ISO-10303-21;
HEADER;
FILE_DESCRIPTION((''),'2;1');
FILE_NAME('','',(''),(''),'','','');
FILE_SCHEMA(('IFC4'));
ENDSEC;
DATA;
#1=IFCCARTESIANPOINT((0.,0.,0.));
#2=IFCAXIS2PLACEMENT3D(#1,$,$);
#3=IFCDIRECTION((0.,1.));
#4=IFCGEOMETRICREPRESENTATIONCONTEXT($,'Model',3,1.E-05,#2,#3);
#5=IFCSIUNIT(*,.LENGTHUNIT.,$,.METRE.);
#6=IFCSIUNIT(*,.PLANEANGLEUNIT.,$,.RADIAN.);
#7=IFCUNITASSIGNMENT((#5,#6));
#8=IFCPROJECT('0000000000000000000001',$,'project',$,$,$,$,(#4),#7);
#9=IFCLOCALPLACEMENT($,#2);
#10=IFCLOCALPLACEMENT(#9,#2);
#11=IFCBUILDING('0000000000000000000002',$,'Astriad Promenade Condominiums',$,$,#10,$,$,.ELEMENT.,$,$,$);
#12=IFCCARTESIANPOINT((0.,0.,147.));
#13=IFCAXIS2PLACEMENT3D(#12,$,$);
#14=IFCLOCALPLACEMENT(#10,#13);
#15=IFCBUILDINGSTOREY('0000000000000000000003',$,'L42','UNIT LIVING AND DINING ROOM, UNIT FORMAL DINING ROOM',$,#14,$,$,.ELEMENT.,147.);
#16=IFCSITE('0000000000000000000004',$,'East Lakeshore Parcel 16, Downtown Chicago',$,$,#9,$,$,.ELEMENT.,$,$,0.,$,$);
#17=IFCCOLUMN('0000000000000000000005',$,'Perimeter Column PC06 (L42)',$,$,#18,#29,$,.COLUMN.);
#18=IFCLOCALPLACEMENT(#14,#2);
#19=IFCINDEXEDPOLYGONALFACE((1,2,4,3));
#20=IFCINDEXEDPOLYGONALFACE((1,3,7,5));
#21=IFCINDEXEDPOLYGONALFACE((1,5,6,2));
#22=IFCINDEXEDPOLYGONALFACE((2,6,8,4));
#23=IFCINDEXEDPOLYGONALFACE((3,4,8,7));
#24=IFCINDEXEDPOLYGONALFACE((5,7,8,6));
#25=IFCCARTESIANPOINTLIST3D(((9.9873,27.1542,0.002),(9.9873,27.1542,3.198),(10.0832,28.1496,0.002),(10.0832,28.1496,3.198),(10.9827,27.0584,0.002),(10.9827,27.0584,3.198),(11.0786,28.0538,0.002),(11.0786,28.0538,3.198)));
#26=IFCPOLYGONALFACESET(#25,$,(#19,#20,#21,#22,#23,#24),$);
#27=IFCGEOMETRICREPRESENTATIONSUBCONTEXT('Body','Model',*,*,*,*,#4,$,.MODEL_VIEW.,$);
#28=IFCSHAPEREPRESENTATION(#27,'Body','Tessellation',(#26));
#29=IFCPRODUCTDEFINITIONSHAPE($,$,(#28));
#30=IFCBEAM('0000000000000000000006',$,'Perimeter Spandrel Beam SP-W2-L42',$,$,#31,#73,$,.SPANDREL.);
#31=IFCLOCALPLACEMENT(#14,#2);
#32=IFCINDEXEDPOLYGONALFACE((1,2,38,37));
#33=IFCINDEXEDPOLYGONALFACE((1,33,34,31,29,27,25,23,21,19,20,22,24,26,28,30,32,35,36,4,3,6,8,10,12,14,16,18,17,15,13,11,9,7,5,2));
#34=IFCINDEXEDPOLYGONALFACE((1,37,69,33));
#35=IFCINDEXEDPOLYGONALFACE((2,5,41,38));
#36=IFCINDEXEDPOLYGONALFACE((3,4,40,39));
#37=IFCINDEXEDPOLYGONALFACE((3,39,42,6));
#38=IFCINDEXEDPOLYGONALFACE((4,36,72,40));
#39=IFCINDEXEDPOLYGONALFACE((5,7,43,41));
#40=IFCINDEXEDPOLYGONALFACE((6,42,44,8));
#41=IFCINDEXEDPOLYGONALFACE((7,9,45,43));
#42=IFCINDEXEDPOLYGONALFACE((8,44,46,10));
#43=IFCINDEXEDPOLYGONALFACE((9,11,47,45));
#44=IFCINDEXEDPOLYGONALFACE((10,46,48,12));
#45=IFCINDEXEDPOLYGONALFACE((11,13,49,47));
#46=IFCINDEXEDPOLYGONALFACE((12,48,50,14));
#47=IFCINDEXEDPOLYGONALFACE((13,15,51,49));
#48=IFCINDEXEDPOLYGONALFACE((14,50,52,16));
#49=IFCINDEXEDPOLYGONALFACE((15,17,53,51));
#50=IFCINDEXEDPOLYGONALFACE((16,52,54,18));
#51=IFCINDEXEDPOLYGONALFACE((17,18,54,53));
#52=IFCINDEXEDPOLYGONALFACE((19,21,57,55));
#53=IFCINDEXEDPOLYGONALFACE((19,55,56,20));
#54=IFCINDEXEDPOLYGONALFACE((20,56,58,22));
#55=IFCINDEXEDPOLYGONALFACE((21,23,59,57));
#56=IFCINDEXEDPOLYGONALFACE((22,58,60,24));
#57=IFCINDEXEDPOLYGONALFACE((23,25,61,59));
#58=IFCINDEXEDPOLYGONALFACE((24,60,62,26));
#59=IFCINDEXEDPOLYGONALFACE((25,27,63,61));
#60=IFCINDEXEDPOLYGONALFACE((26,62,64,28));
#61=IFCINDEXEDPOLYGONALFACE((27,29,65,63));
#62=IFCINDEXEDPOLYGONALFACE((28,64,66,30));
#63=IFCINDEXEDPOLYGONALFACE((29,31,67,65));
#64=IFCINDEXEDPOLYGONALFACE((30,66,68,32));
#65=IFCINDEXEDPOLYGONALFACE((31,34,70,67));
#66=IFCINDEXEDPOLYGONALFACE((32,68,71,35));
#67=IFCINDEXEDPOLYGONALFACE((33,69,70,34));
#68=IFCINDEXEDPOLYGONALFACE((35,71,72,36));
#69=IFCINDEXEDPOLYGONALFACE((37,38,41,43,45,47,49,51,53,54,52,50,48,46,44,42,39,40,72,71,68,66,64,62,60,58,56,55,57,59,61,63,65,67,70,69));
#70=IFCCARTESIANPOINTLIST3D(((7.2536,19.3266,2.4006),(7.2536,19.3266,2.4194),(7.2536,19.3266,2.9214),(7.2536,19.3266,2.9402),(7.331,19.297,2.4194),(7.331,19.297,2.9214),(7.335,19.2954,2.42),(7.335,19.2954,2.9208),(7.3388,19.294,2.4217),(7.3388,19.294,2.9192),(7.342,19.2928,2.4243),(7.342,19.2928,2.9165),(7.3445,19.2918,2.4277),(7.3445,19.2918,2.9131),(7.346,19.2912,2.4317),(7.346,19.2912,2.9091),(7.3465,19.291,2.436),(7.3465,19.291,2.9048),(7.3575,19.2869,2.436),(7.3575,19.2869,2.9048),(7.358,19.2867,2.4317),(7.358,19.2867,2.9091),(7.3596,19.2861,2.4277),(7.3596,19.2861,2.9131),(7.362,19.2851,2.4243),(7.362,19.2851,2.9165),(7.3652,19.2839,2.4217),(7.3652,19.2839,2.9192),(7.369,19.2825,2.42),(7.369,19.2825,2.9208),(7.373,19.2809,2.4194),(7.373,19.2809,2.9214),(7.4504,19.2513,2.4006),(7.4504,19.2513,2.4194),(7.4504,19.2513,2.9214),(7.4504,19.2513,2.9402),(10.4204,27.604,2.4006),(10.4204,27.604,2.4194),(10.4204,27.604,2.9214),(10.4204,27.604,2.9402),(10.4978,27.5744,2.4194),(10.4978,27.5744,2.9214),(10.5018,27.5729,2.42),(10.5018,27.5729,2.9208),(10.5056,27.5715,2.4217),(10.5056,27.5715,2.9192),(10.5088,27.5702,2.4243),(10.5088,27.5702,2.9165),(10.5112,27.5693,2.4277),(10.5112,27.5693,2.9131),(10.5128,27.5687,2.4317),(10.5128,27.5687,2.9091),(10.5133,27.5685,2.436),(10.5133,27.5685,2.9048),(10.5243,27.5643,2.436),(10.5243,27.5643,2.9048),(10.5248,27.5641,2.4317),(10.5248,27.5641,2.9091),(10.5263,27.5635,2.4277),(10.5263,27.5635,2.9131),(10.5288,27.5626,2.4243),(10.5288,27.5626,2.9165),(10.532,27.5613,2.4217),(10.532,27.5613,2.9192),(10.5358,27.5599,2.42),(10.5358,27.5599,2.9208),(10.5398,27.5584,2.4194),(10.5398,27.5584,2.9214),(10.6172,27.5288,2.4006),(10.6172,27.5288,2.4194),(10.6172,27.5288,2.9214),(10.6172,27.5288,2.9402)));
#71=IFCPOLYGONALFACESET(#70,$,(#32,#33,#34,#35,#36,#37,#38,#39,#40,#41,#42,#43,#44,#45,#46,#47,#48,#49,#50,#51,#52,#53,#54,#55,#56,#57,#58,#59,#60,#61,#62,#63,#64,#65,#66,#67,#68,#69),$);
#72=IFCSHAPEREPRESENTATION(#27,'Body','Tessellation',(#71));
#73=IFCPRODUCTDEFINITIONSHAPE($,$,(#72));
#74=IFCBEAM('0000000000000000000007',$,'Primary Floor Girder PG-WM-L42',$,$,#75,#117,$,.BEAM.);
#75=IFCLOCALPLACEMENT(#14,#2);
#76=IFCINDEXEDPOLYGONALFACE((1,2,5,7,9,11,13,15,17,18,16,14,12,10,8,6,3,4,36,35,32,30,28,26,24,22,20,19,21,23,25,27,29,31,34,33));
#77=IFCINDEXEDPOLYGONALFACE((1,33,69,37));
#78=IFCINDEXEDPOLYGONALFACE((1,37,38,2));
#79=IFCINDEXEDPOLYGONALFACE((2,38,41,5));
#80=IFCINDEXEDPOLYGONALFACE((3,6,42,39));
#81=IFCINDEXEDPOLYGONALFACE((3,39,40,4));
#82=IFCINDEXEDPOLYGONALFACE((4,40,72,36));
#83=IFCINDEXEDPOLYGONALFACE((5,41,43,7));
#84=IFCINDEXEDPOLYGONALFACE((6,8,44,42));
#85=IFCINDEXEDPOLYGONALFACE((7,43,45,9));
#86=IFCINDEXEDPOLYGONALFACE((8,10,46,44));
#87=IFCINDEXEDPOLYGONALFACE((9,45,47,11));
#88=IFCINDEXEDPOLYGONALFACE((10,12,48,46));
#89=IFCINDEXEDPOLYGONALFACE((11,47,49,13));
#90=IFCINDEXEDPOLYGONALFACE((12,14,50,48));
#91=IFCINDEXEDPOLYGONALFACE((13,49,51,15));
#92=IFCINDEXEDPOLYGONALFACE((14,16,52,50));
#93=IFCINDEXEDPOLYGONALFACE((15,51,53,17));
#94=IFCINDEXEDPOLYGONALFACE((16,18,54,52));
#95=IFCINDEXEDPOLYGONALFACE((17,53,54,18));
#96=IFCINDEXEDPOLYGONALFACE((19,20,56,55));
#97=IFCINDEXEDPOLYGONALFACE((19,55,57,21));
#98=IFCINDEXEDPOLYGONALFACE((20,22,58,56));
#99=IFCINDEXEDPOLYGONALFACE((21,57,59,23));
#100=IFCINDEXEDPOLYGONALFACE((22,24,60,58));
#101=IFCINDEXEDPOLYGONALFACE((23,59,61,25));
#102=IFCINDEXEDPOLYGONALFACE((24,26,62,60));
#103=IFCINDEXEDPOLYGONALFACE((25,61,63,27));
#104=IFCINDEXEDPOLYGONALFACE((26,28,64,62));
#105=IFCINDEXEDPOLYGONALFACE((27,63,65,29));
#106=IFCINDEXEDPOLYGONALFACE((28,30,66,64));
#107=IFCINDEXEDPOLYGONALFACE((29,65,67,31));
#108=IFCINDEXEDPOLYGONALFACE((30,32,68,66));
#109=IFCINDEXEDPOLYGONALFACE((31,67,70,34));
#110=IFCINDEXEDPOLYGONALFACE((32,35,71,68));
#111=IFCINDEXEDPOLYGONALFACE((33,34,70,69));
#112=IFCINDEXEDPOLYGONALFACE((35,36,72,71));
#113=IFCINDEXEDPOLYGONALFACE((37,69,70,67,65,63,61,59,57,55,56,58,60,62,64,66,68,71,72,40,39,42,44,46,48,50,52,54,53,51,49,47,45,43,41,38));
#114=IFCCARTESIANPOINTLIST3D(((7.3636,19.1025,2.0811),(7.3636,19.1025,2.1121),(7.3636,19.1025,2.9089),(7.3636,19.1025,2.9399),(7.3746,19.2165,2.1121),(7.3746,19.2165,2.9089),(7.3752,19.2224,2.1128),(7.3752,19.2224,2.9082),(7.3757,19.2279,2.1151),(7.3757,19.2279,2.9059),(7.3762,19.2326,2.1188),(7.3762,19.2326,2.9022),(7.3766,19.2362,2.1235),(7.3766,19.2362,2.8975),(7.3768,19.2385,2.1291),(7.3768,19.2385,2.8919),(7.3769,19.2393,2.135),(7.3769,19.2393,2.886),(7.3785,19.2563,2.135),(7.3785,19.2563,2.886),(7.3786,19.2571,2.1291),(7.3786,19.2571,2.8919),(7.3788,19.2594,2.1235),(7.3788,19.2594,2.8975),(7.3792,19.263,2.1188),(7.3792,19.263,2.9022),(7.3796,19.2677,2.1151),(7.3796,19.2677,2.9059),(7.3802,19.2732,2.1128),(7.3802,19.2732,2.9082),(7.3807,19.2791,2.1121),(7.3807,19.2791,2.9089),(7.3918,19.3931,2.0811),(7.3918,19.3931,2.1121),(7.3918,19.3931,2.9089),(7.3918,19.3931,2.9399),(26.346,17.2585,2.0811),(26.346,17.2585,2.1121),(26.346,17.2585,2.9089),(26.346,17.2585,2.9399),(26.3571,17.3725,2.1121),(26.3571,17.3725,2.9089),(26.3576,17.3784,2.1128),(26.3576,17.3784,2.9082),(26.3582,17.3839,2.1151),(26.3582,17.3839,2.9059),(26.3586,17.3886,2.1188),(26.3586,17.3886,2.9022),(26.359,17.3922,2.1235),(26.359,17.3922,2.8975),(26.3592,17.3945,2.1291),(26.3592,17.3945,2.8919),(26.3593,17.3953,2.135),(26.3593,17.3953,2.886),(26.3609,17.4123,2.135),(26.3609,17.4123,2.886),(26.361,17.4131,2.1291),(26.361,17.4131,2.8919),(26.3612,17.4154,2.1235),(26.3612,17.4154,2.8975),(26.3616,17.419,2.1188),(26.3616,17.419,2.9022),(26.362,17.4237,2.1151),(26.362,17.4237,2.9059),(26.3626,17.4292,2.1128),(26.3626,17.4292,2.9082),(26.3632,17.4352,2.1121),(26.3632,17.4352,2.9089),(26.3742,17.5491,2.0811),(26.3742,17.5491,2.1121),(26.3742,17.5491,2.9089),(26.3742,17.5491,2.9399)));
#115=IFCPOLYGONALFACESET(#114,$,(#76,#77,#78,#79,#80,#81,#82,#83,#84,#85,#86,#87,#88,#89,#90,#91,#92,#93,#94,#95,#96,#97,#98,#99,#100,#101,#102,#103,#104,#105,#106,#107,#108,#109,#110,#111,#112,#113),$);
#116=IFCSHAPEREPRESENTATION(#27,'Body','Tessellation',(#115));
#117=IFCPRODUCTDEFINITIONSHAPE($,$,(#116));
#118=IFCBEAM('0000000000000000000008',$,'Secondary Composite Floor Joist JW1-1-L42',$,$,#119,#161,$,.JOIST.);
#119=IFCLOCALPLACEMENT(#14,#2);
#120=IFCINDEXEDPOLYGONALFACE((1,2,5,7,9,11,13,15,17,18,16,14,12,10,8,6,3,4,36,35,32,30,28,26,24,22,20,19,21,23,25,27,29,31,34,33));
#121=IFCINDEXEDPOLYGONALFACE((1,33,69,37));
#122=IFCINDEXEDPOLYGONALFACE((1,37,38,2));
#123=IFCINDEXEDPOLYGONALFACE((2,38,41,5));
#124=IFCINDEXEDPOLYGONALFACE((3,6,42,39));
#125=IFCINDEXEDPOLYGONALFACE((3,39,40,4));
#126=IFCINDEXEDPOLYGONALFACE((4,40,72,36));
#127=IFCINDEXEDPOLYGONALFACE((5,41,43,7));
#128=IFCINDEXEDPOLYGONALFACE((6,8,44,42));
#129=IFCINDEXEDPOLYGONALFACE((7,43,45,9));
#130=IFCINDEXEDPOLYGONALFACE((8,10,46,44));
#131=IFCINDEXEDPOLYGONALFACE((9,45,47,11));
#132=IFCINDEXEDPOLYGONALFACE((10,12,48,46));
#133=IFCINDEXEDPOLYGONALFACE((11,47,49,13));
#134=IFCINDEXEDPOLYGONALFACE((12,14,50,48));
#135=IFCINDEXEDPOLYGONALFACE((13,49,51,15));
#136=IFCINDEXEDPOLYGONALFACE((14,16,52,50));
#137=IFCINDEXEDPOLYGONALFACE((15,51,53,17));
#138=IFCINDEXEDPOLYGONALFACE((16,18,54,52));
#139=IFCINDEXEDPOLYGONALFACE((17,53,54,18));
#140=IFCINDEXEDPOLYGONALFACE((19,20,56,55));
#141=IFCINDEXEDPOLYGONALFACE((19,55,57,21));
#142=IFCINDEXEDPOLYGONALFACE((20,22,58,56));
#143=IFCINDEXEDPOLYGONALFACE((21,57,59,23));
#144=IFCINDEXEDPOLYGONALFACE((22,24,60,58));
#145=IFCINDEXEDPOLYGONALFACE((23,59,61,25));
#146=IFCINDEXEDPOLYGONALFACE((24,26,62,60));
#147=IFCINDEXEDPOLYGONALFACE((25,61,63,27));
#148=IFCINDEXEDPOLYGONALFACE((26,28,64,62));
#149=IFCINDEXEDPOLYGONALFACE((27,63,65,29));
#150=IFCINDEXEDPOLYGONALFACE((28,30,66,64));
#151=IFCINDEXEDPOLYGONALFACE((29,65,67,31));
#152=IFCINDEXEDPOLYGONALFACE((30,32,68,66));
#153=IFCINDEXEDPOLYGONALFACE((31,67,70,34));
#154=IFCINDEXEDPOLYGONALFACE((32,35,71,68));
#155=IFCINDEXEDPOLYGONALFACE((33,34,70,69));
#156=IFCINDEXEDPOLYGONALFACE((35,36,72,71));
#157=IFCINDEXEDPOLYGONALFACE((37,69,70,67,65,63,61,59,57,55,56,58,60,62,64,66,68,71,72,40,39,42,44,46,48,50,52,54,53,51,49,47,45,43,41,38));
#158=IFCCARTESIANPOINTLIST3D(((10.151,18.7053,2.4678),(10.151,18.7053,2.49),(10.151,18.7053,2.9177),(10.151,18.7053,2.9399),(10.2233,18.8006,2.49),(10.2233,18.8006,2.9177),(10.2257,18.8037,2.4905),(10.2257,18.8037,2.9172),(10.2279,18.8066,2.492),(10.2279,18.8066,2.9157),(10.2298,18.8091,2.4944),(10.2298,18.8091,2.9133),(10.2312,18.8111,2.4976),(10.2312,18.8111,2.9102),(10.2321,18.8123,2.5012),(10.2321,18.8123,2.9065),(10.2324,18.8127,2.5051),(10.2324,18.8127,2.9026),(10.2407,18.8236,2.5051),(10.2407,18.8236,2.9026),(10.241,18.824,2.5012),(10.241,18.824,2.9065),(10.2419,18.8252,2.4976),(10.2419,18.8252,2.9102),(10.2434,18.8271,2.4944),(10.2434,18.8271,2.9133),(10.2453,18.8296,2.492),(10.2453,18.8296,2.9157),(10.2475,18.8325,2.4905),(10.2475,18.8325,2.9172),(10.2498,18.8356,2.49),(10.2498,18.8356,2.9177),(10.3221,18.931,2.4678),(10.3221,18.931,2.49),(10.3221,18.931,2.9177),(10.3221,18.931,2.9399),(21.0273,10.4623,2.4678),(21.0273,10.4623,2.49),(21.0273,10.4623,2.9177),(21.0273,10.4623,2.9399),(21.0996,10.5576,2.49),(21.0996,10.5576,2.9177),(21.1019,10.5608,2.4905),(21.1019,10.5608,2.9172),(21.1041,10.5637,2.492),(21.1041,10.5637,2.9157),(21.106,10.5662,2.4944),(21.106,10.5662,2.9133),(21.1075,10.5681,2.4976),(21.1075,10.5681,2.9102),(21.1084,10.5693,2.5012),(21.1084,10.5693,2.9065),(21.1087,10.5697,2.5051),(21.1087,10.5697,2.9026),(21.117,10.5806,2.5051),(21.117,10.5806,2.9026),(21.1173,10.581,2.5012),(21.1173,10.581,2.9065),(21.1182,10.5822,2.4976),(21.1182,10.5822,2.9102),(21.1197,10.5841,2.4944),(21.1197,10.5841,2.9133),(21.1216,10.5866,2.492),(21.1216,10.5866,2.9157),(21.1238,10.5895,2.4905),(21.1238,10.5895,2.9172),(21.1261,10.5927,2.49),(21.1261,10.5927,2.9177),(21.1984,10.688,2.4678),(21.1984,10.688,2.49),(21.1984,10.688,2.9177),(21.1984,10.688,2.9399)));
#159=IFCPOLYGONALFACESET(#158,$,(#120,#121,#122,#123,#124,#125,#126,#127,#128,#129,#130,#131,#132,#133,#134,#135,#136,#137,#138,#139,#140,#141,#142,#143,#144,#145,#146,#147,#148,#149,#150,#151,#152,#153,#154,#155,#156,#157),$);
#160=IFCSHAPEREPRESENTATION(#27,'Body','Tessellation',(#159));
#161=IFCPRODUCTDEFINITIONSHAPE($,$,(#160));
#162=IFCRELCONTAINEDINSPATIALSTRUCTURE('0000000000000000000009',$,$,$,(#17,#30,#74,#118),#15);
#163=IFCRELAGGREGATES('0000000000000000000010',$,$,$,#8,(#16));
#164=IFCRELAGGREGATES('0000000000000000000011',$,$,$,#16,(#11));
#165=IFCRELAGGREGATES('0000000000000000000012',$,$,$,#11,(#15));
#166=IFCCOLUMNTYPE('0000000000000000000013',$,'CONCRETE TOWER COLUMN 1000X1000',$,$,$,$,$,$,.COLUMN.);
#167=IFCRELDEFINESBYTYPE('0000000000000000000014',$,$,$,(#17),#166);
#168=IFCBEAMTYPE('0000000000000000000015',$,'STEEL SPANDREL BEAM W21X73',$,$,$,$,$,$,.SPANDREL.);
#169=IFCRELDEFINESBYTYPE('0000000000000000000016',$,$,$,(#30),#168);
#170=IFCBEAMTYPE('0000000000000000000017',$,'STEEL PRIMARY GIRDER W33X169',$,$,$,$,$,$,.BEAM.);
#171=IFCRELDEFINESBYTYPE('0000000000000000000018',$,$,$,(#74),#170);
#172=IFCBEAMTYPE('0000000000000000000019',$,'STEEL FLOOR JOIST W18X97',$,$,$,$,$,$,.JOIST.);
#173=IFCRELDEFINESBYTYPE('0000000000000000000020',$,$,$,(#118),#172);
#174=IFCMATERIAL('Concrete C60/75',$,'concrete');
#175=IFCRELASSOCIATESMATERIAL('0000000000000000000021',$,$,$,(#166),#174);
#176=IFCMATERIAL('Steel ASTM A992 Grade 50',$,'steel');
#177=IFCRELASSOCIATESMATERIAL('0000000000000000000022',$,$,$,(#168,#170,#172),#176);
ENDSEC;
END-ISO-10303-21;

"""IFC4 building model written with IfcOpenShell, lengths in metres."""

from ifc_helpers import new_model, si_unit, direction, frame, origin, origin_2d, place, context, subcontext, project, spatial, rectangle, i_section, extrude, source, transform, mapped, material, material_profile, profile_set, type_object, type_shapes, element, save


model = new_model("IFC4")

# Units and contexts
model_context = context("Model", 3, precision=1e-05, world=origin(), true_north=direction((0.0, 1.0)))
body_context = subcontext(model_context, "Body", "Model", "MODEL_VIEW")
ifc_project = project(units=[si_unit("LENGTHUNIT", "METRE"), si_unit("PLANEANGLEUNIT", "RADIAN")], contexts=[model_context])

# Site, building, storey
site_placement = place(None, origin())
site = spatial("IfcSite", under=ifc_project, at=site_placement, Name="East Lakeshore Parcel 16, Downtown Chicago", CompositionType="ELEMENT", RefElevation=0.0)
building_placement = place(site_placement, origin())
building = spatial("IfcBuilding", under=site, at=building_placement, Name="Astriad Promenade Condominiums", CompositionType="ELEMENT")
storey_placement = place(building_placement, frame((0.0, 0.0, 147.0)))
storey = spatial("IfcBuildingStorey", under=building, at=storey_placement, Name="L42", Description="UNIT LIVING AND DINING ROOM, UNIT FORMAL DINING ROOM", CompositionType="ELEMENT", Elevation=147.0)

# Column
ifc_material_1 = material(Name="Concrete C60/75", Category="concrete")
ifc_material_profile_1 = material_profile(ifc_material_1, rectangle(XDim=1.0, YDim=1.0, at=origin_2d()), Name="RC-COL-1000X1000")
ifc_profile_set_1 = profile_set([ifc_material_profile_1], Name="Concrete C60/75")
column_type = type_object("IfcColumnType", Name="CONCRETE TOWER COLUMN 1000X1000", PredefinedType="COLUMN", material=ifc_profile_set_1)
shared_shape_1 = source(origin(), body_context, "Body", "SweptSolid", [
    extrude(rectangle(XDim=1.0, YDim=1.0, at=origin_2d()), origin(), (0.0, 0.0, 1.0), 3.196),
])
type_shapes(column_type, [shared_shape_1])
column_placement = place(storey_placement, frame((10.533, 27.604, 0.002), z_axis=(0.0, 0.0, 1.0), x_axis=(0.995396, -0.095846, 0.0)))
element("IfcColumn", 1, at=column_placement, inside=storey, type_object=column_type, Name="Perimeter Column PC06 (L42)", PredefinedType="COLUMN", context=body_context, shape_type="MappedRepresentation", body=[
    mapped(shared_shape_1, transform((0.0, 0.0, 0.0), scale=1.0)),
])

# Beams
ifc_material_2 = material(Name="Steel ASTM A992 Grade 50", Category="steel")
ifc_material_profile_2 = material_profile(ifc_material_2, i_section(OverallWidth=0.2107, OverallDepth=0.5396, WebThickness=0.0117, FlangeThickness=0.0188, FilletRadius=0.0166, at=origin_2d()), Name="W21X73")
ifc_profile_set_2 = profile_set([ifc_material_profile_2], Name="Steel ASTM A992 Grade 50")
beam_type_1 = type_object("IfcBeamType", Name="STEEL SPANDREL BEAM W21X73", PredefinedType="SPANDREL", material=ifc_profile_set_2)
shared_shape_2 = source(origin(), body_context, "Body", "SweptSolid", [
    extrude(i_section(OverallWidth=0.2107, OverallDepth=0.5396, WebThickness=0.0117, FlangeThickness=0.0188, FilletRadius=0.0166, at=origin_2d()), origin(), (0.0, 0.0, 1.0), 8.8625),
])
type_shapes(beam_type_1, [shared_shape_2])
beam_1_placement = place(storey_placement, frame((10.5188, 27.5664, 2.6704), z_axis=(-0.357323, -0.933981, 0.0), x_axis=(0.933981, -0.357323, 0.0)))
element("IfcBeam", 2, at=beam_1_placement, inside=storey, type_object=beam_type_1, Name="Perimeter Spandrel Beam SP-W2-L42", PredefinedType="SPANDREL", context=body_context, shape_type="MappedRepresentation", body=[
    mapped(shared_shape_2, transform((0.0, 0.0, 0.0), scale=1.0)),
])
ifc_material_profile_3 = material_profile(ifc_material_2, i_section(OverallWidth=0.292, OverallDepth=0.8589, WebThickness=0.0171, FlangeThickness=0.031, FilletRadius=0.0229, at=origin_2d()), Name="W33X169")
ifc_profile_set_3 = profile_set([ifc_material_profile_3], Name="Steel ASTM A992 Grade 50")
beam_type_2 = type_object("IfcBeamType", Name="STEEL PRIMARY GIRDER W33X169", PredefinedType="BEAM", material=ifc_profile_set_3)
shared_shape_3 = source(origin(), body_context, "Body", "SweptSolid", [
    extrude(i_section(OverallWidth=0.292, OverallDepth=0.8589, WebThickness=0.0171, FlangeThickness=0.031, FilletRadius=0.0229, at=origin_2d()), origin(), (0.0, 0.0, 1.0), 19.0718),
])
type_shapes(beam_type_2, [shared_shape_3])
beam_2_placement = place(storey_placement, frame((7.3777, 19.2478, 2.5105), z_axis=(0.995315, -0.096687, 0.0), x_axis=(0.096687, 0.995315, 0.0)))
element("IfcBeam", 3, at=beam_2_placement, inside=storey, type_object=beam_type_2, Name="Primary Floor Girder PG-WM-L42", PredefinedType="BEAM", context=body_context, shape_type="MappedRepresentation", body=[
    mapped(shared_shape_3, transform((0.0, 0.0, 0.0), scale=1.0)),
])
ifc_material_profile_4 = material_profile(ifc_material_2, i_section(OverallWidth=0.2832, OverallDepth=0.4722, WebThickness=0.0137, FlangeThickness=0.0222, FilletRadius=0.0151, at=origin_2d()), Name="W18X97")
ifc_profile_set_4 = profile_set([ifc_material_profile_4], Name="Steel ASTM A992 Grade 50")
beam_type_3 = type_object("IfcBeamType", Name="STEEL FLOOR JOIST W18X97", PredefinedType="JOIST", material=ifc_profile_set_4)
shared_shape_4 = source(origin(), body_context, "Body", "SweptSolid", [
    extrude(i_section(OverallWidth=0.2832, OverallDepth=0.4722, WebThickness=0.0137, FlangeThickness=0.0222, FilletRadius=0.0151, at=origin_2d()), origin(), (0.0, 0.0, 1.0), 13.647),
])
beam_3_placement = place(storey_placement, frame((10.2366, 18.8181, 2.7039), z_axis=(0.796974, -0.604014, 0.0), x_axis=(0.604014, 0.796974, 0.0)))
element("IfcBeam", 4, at=beam_3_placement, inside=storey, type_object=beam_type_3, Name="Secondary Composite Floor Joist JW1-1-L42", PredefinedType="JOIST", context=body_context, shape_type="MappedRepresentation", body=[
    mapped(shared_shape_4, transform((0.0, 0.0, 0.0), scale=1.0)),
])

save(model, "model.ifc")
